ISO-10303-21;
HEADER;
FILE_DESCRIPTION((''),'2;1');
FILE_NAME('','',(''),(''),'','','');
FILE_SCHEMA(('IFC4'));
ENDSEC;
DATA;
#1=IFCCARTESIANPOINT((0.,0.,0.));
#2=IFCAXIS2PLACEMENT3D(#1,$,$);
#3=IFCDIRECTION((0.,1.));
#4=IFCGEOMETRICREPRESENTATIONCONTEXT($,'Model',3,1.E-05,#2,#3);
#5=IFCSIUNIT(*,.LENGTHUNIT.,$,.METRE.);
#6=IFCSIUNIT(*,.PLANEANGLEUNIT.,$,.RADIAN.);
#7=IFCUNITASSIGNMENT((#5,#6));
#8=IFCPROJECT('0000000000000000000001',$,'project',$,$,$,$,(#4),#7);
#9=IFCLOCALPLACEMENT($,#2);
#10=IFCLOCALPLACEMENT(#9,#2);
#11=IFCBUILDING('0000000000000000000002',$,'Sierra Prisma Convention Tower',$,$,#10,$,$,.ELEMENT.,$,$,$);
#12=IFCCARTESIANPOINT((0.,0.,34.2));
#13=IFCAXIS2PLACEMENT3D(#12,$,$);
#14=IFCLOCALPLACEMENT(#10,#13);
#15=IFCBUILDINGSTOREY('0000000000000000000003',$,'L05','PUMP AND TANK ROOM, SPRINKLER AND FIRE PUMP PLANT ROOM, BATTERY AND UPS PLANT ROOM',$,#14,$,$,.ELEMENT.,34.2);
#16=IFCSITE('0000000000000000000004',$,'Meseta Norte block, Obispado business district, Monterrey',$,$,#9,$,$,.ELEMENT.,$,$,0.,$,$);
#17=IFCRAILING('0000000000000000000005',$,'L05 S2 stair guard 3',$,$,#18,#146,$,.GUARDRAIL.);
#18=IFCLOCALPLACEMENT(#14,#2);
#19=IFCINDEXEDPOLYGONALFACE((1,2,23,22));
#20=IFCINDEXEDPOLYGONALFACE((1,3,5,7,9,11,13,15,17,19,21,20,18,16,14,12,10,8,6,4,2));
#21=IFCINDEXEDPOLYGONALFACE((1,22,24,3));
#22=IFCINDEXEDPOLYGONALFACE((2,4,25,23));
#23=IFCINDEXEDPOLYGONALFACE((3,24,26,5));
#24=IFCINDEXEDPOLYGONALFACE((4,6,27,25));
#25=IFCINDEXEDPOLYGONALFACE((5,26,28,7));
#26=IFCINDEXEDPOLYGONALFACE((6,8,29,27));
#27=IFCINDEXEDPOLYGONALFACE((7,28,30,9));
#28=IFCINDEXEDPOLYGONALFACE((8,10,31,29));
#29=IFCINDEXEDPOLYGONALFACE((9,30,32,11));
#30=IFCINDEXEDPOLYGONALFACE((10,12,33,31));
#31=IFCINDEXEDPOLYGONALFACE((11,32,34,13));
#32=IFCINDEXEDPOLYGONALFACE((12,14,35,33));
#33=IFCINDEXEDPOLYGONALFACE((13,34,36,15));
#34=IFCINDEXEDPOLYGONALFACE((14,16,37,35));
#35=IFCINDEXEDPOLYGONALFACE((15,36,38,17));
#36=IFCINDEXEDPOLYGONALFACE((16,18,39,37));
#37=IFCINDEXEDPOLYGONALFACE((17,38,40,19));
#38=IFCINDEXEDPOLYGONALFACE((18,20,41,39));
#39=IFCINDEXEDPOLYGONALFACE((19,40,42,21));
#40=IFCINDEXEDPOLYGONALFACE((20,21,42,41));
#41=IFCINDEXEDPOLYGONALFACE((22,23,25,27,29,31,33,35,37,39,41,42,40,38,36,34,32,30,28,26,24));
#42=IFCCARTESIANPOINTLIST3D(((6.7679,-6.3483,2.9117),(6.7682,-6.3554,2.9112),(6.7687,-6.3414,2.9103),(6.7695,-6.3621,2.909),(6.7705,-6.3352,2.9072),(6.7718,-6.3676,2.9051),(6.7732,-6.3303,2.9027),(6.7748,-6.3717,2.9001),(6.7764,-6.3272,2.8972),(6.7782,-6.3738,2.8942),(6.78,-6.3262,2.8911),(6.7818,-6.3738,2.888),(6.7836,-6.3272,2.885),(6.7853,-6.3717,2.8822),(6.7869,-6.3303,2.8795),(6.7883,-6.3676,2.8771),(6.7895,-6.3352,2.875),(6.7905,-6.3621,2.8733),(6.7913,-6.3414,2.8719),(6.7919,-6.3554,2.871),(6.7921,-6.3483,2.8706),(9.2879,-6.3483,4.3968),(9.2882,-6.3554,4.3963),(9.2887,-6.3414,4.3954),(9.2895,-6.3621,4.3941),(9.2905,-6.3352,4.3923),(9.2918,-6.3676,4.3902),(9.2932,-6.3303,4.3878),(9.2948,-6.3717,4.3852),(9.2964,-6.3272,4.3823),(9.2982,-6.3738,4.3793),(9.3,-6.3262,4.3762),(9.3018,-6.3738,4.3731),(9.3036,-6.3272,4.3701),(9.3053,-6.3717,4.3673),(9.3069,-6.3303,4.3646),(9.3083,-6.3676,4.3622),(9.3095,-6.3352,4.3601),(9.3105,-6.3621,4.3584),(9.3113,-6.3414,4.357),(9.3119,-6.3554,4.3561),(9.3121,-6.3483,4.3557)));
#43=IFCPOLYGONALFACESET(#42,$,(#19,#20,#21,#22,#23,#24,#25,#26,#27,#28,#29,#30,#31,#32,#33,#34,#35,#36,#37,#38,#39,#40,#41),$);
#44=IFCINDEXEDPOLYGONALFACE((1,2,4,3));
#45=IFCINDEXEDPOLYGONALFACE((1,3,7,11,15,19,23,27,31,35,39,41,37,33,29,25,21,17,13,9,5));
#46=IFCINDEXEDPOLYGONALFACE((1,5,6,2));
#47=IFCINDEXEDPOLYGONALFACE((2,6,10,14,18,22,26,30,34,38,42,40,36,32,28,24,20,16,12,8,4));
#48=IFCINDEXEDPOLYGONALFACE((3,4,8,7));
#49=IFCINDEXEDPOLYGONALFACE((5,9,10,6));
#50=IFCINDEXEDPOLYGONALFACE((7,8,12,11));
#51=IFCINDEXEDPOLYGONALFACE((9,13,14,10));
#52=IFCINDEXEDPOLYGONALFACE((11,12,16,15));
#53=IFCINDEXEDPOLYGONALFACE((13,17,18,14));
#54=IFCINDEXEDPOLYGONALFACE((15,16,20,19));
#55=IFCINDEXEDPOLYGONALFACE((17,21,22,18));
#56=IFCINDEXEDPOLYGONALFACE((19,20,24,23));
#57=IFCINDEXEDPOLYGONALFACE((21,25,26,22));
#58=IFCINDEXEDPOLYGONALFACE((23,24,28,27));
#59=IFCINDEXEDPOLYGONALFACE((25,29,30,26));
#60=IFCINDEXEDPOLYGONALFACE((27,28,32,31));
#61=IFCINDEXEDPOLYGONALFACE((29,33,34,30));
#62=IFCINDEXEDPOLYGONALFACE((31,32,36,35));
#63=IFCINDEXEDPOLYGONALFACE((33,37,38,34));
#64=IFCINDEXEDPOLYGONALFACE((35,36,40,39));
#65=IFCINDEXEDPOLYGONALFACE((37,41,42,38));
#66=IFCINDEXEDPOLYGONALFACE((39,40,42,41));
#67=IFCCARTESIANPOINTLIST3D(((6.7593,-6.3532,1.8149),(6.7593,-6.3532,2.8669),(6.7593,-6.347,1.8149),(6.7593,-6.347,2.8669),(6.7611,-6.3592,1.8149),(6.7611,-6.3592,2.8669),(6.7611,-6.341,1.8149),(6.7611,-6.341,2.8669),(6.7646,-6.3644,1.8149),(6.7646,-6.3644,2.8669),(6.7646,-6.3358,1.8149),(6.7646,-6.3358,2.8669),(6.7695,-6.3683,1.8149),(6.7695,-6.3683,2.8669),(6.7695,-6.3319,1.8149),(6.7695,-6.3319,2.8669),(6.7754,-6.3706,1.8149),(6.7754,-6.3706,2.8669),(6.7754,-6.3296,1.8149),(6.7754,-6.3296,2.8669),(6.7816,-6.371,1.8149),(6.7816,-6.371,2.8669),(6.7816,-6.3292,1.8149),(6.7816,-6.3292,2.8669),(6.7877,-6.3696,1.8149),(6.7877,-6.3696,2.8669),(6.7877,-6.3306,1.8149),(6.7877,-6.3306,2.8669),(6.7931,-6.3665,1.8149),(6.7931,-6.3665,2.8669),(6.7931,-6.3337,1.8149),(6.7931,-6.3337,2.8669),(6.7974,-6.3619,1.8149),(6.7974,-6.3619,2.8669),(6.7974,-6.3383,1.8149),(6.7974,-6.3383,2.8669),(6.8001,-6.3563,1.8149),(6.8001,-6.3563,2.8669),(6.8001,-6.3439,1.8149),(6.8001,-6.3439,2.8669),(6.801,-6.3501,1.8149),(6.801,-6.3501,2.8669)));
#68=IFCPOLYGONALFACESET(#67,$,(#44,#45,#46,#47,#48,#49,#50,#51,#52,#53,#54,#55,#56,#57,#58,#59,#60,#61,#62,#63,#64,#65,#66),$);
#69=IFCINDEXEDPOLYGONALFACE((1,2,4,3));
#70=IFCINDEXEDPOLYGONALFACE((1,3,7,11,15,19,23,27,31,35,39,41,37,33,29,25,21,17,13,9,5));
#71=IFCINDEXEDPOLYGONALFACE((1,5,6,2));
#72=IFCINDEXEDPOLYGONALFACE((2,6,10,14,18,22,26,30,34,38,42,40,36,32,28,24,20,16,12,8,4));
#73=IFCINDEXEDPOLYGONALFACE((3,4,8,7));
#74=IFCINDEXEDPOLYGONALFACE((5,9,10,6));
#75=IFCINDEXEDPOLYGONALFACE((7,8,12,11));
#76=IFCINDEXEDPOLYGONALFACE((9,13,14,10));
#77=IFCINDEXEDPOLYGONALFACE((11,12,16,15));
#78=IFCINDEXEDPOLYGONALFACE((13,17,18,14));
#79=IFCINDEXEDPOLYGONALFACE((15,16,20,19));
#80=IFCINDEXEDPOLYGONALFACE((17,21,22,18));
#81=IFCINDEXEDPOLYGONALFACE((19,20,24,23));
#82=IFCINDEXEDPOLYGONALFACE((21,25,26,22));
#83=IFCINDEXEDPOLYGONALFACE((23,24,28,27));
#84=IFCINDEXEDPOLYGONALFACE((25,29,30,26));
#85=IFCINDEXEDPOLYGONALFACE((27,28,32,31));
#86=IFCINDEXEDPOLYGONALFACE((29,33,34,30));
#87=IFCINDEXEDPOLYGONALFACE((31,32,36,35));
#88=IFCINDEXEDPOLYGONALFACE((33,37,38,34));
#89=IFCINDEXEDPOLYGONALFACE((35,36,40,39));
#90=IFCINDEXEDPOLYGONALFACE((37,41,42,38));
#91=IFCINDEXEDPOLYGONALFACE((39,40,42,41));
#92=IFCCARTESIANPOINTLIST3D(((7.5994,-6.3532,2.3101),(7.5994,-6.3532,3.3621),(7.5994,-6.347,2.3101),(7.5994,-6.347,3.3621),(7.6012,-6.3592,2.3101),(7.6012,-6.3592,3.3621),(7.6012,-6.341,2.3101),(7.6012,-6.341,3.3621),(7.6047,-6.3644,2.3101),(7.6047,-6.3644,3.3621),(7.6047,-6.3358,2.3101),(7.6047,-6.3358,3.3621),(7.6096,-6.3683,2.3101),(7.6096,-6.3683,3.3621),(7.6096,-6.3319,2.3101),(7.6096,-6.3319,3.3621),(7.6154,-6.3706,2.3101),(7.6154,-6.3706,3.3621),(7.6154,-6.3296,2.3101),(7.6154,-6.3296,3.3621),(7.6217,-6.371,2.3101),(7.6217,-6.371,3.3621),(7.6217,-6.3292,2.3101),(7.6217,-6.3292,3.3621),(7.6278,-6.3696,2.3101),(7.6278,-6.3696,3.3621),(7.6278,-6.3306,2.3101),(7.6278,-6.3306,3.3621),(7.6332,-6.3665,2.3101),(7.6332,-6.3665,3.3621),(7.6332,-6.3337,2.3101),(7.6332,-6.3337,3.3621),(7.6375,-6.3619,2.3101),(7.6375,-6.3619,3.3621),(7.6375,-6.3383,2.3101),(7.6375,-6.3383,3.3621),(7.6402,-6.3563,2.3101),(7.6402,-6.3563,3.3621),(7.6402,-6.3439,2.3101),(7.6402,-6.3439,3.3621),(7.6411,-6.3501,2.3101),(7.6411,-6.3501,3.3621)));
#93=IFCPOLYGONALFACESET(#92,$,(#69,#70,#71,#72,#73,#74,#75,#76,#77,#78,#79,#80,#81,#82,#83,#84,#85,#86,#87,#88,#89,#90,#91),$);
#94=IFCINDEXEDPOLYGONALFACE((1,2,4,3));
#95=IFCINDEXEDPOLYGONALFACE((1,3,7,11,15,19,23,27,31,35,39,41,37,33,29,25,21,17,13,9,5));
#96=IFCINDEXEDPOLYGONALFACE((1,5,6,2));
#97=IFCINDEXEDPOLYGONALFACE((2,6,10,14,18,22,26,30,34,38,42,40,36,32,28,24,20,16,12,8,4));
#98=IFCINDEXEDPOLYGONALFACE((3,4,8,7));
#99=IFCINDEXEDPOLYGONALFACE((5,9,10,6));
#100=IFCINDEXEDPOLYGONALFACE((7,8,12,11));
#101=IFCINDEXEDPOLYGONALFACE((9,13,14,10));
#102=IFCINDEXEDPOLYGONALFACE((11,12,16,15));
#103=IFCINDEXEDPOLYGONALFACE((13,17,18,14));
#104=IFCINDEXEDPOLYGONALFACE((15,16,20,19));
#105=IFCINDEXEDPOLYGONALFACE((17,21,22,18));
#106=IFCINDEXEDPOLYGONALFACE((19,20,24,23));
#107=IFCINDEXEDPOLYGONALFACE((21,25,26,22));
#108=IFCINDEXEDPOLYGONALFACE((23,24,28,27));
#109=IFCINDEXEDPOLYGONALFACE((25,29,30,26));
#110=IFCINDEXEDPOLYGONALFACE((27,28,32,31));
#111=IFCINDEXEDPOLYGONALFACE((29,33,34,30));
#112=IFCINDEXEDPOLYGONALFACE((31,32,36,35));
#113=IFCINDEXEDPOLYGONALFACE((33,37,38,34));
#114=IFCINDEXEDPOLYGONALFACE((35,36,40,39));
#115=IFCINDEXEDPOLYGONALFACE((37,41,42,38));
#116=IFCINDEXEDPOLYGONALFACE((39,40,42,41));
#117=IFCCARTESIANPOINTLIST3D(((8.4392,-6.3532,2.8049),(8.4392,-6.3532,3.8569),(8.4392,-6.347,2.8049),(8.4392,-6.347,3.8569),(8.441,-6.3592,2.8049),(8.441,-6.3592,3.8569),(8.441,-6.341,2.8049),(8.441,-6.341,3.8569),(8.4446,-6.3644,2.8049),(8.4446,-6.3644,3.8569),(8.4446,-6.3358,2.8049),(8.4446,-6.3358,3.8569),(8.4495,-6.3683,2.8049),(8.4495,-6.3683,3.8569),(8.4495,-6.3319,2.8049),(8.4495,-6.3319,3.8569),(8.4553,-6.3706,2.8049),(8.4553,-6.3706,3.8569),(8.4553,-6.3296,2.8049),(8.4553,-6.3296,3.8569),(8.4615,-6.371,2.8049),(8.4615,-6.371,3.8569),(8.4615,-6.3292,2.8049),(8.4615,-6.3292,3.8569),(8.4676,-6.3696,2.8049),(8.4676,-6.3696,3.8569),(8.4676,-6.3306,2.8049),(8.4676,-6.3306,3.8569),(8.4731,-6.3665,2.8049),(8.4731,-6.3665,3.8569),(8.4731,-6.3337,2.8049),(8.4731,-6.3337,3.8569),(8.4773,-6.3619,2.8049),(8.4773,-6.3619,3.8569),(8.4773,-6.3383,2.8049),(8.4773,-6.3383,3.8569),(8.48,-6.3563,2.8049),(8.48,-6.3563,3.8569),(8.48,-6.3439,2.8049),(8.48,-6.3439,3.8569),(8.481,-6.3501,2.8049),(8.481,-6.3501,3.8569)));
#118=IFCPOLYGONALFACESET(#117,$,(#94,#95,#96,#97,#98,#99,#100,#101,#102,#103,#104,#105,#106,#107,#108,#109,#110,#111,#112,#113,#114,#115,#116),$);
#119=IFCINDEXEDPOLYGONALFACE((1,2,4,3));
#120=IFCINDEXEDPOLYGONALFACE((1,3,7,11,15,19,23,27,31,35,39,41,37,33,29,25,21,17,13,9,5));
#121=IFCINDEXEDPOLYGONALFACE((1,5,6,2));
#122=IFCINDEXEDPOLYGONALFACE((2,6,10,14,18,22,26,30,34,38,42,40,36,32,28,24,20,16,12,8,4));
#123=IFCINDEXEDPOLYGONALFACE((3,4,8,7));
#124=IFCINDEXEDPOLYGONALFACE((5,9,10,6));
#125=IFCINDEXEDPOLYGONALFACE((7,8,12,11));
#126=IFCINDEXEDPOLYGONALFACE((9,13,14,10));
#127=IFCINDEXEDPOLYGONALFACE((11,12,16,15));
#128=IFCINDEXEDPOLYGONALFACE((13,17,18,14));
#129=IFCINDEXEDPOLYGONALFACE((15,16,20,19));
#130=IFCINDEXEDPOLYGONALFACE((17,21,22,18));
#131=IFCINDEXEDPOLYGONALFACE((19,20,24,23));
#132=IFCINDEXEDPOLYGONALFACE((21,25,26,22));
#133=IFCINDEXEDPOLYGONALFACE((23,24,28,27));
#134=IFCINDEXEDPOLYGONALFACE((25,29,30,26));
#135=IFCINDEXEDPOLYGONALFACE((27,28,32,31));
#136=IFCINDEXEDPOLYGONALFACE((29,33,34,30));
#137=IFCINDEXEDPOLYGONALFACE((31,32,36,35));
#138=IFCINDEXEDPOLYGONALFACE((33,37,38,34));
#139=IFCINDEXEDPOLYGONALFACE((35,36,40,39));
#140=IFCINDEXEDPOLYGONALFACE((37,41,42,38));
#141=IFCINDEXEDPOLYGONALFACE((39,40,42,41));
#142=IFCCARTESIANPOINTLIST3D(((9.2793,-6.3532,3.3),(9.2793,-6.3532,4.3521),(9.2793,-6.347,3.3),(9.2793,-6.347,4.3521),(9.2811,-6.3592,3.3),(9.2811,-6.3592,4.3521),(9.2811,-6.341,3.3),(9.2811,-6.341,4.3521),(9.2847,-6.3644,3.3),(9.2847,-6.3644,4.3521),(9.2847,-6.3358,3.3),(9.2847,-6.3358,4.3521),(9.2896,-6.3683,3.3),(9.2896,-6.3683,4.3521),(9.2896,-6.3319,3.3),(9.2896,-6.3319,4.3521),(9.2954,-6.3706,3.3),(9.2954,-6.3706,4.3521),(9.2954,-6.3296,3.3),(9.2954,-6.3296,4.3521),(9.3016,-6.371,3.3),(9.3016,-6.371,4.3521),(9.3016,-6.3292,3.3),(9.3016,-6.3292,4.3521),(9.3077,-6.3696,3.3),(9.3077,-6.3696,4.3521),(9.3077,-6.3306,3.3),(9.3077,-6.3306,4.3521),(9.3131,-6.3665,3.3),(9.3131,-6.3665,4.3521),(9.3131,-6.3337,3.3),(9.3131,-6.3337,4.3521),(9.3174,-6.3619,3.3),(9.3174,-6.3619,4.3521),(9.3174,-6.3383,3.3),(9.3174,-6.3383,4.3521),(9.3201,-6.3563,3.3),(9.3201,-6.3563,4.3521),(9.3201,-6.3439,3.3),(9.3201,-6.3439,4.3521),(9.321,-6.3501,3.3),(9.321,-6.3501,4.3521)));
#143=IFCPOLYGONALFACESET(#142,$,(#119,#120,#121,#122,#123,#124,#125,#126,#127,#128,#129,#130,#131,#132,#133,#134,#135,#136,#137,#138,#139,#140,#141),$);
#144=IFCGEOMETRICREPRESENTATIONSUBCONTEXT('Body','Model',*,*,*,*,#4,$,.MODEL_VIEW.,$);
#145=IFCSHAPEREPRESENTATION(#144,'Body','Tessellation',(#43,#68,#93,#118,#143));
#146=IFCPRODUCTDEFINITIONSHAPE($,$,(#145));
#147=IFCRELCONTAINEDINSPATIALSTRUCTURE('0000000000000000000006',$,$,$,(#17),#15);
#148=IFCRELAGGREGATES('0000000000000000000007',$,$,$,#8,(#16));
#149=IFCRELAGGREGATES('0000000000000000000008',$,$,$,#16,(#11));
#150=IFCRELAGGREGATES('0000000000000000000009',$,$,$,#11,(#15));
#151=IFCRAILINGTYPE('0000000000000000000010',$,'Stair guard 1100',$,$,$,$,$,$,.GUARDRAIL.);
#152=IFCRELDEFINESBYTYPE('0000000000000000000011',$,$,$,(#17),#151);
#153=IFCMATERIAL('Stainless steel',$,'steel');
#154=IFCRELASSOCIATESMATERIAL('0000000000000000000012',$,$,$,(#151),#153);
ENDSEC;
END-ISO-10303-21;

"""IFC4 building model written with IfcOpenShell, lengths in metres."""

from ifc_helpers import new_model, si_unit, direction, frame, origin, origin_2d, place, context, subcontext, project, spatial, circle, extrude, material, type_object, element, save


model = new_model("IFC4")

# Units and contexts
model_context = context("Model", 3, precision=1e-05, world=origin(), true_north=direction((0.0, 1.0)))
body_context = subcontext(model_context, "Body", "Model", "MODEL_VIEW")
ifc_project = project(units=[si_unit("LENGTHUNIT", "METRE"), si_unit("PLANEANGLEUNIT", "RADIAN")], contexts=[model_context])

# Site, building, storey
site_placement = place(None, origin())
site = spatial("IfcSite", under=ifc_project, at=site_placement, Name="Meseta Norte block, Obispado business district, Monterrey", CompositionType="ELEMENT", RefElevation=0.0)
building_placement = place(site_placement, origin())
building = spatial("IfcBuilding", under=site, at=building_placement, Name="Sierra Prisma Convention Tower", CompositionType="ELEMENT")
storey_placement = place(building_placement, frame((0.0, 0.0, 34.2)))
storey = spatial("IfcBuildingStorey", under=building, at=storey_placement, Name="L05", Description="PUMP AND TANK ROOM, SPRINKLER AND FIRE PUMP PLANT ROOM, BATTERY AND UPS PLANT ROOM", CompositionType="ELEMENT", Elevation=34.2)

# Railing
ifc_material_1 = material(Name="Stainless steel", Category="steel")
railing_type_1 = type_object("IfcRailingType", Name="Stair guard 1100", PredefinedType="GUARDRAIL", material=ifc_material_1)
railing_1_placement = place(storey_placement, frame((6.78, -6.3501, 1.8149)))
element("IfcRailing", 1, at=railing_1_placement, inside=storey, type_object=railing_type_1, Name="L05 S2 stair guard 3", PredefinedType="GUARDRAIL", context=body_context, shape_type="SweptSolid", body=[
    extrude(circle(Radius=0.0239, at=origin_2d()), frame((0.0, 0.0, 1.0762), z_axis=(0.861524, 0.0, 0.507717), x_axis=(0.0, 1.0, 0.0)), (0.0, 0.0, 1.0), 2.925),
    extrude(circle(Radius=0.021, at=origin_2d()), origin(), (0.0, 0.0, 1.0), 1.052),
    extrude(circle(Radius=0.021, at=origin_2d()), frame((0.8401, 0.0, 0.4951)), (0.0, 0.0, 1.0), 1.052),
    extrude(circle(Radius=0.021, at=origin_2d()), frame((1.6799, 0.0, 0.99)), (0.0, 0.0, 1.0), 1.052),
    extrude(circle(Radius=0.021, at=origin_2d()), frame((2.52, 0.0, 1.4851)), (0.0, 0.0, 1.0), 1.052),
])

save(model, "model.ifc")
